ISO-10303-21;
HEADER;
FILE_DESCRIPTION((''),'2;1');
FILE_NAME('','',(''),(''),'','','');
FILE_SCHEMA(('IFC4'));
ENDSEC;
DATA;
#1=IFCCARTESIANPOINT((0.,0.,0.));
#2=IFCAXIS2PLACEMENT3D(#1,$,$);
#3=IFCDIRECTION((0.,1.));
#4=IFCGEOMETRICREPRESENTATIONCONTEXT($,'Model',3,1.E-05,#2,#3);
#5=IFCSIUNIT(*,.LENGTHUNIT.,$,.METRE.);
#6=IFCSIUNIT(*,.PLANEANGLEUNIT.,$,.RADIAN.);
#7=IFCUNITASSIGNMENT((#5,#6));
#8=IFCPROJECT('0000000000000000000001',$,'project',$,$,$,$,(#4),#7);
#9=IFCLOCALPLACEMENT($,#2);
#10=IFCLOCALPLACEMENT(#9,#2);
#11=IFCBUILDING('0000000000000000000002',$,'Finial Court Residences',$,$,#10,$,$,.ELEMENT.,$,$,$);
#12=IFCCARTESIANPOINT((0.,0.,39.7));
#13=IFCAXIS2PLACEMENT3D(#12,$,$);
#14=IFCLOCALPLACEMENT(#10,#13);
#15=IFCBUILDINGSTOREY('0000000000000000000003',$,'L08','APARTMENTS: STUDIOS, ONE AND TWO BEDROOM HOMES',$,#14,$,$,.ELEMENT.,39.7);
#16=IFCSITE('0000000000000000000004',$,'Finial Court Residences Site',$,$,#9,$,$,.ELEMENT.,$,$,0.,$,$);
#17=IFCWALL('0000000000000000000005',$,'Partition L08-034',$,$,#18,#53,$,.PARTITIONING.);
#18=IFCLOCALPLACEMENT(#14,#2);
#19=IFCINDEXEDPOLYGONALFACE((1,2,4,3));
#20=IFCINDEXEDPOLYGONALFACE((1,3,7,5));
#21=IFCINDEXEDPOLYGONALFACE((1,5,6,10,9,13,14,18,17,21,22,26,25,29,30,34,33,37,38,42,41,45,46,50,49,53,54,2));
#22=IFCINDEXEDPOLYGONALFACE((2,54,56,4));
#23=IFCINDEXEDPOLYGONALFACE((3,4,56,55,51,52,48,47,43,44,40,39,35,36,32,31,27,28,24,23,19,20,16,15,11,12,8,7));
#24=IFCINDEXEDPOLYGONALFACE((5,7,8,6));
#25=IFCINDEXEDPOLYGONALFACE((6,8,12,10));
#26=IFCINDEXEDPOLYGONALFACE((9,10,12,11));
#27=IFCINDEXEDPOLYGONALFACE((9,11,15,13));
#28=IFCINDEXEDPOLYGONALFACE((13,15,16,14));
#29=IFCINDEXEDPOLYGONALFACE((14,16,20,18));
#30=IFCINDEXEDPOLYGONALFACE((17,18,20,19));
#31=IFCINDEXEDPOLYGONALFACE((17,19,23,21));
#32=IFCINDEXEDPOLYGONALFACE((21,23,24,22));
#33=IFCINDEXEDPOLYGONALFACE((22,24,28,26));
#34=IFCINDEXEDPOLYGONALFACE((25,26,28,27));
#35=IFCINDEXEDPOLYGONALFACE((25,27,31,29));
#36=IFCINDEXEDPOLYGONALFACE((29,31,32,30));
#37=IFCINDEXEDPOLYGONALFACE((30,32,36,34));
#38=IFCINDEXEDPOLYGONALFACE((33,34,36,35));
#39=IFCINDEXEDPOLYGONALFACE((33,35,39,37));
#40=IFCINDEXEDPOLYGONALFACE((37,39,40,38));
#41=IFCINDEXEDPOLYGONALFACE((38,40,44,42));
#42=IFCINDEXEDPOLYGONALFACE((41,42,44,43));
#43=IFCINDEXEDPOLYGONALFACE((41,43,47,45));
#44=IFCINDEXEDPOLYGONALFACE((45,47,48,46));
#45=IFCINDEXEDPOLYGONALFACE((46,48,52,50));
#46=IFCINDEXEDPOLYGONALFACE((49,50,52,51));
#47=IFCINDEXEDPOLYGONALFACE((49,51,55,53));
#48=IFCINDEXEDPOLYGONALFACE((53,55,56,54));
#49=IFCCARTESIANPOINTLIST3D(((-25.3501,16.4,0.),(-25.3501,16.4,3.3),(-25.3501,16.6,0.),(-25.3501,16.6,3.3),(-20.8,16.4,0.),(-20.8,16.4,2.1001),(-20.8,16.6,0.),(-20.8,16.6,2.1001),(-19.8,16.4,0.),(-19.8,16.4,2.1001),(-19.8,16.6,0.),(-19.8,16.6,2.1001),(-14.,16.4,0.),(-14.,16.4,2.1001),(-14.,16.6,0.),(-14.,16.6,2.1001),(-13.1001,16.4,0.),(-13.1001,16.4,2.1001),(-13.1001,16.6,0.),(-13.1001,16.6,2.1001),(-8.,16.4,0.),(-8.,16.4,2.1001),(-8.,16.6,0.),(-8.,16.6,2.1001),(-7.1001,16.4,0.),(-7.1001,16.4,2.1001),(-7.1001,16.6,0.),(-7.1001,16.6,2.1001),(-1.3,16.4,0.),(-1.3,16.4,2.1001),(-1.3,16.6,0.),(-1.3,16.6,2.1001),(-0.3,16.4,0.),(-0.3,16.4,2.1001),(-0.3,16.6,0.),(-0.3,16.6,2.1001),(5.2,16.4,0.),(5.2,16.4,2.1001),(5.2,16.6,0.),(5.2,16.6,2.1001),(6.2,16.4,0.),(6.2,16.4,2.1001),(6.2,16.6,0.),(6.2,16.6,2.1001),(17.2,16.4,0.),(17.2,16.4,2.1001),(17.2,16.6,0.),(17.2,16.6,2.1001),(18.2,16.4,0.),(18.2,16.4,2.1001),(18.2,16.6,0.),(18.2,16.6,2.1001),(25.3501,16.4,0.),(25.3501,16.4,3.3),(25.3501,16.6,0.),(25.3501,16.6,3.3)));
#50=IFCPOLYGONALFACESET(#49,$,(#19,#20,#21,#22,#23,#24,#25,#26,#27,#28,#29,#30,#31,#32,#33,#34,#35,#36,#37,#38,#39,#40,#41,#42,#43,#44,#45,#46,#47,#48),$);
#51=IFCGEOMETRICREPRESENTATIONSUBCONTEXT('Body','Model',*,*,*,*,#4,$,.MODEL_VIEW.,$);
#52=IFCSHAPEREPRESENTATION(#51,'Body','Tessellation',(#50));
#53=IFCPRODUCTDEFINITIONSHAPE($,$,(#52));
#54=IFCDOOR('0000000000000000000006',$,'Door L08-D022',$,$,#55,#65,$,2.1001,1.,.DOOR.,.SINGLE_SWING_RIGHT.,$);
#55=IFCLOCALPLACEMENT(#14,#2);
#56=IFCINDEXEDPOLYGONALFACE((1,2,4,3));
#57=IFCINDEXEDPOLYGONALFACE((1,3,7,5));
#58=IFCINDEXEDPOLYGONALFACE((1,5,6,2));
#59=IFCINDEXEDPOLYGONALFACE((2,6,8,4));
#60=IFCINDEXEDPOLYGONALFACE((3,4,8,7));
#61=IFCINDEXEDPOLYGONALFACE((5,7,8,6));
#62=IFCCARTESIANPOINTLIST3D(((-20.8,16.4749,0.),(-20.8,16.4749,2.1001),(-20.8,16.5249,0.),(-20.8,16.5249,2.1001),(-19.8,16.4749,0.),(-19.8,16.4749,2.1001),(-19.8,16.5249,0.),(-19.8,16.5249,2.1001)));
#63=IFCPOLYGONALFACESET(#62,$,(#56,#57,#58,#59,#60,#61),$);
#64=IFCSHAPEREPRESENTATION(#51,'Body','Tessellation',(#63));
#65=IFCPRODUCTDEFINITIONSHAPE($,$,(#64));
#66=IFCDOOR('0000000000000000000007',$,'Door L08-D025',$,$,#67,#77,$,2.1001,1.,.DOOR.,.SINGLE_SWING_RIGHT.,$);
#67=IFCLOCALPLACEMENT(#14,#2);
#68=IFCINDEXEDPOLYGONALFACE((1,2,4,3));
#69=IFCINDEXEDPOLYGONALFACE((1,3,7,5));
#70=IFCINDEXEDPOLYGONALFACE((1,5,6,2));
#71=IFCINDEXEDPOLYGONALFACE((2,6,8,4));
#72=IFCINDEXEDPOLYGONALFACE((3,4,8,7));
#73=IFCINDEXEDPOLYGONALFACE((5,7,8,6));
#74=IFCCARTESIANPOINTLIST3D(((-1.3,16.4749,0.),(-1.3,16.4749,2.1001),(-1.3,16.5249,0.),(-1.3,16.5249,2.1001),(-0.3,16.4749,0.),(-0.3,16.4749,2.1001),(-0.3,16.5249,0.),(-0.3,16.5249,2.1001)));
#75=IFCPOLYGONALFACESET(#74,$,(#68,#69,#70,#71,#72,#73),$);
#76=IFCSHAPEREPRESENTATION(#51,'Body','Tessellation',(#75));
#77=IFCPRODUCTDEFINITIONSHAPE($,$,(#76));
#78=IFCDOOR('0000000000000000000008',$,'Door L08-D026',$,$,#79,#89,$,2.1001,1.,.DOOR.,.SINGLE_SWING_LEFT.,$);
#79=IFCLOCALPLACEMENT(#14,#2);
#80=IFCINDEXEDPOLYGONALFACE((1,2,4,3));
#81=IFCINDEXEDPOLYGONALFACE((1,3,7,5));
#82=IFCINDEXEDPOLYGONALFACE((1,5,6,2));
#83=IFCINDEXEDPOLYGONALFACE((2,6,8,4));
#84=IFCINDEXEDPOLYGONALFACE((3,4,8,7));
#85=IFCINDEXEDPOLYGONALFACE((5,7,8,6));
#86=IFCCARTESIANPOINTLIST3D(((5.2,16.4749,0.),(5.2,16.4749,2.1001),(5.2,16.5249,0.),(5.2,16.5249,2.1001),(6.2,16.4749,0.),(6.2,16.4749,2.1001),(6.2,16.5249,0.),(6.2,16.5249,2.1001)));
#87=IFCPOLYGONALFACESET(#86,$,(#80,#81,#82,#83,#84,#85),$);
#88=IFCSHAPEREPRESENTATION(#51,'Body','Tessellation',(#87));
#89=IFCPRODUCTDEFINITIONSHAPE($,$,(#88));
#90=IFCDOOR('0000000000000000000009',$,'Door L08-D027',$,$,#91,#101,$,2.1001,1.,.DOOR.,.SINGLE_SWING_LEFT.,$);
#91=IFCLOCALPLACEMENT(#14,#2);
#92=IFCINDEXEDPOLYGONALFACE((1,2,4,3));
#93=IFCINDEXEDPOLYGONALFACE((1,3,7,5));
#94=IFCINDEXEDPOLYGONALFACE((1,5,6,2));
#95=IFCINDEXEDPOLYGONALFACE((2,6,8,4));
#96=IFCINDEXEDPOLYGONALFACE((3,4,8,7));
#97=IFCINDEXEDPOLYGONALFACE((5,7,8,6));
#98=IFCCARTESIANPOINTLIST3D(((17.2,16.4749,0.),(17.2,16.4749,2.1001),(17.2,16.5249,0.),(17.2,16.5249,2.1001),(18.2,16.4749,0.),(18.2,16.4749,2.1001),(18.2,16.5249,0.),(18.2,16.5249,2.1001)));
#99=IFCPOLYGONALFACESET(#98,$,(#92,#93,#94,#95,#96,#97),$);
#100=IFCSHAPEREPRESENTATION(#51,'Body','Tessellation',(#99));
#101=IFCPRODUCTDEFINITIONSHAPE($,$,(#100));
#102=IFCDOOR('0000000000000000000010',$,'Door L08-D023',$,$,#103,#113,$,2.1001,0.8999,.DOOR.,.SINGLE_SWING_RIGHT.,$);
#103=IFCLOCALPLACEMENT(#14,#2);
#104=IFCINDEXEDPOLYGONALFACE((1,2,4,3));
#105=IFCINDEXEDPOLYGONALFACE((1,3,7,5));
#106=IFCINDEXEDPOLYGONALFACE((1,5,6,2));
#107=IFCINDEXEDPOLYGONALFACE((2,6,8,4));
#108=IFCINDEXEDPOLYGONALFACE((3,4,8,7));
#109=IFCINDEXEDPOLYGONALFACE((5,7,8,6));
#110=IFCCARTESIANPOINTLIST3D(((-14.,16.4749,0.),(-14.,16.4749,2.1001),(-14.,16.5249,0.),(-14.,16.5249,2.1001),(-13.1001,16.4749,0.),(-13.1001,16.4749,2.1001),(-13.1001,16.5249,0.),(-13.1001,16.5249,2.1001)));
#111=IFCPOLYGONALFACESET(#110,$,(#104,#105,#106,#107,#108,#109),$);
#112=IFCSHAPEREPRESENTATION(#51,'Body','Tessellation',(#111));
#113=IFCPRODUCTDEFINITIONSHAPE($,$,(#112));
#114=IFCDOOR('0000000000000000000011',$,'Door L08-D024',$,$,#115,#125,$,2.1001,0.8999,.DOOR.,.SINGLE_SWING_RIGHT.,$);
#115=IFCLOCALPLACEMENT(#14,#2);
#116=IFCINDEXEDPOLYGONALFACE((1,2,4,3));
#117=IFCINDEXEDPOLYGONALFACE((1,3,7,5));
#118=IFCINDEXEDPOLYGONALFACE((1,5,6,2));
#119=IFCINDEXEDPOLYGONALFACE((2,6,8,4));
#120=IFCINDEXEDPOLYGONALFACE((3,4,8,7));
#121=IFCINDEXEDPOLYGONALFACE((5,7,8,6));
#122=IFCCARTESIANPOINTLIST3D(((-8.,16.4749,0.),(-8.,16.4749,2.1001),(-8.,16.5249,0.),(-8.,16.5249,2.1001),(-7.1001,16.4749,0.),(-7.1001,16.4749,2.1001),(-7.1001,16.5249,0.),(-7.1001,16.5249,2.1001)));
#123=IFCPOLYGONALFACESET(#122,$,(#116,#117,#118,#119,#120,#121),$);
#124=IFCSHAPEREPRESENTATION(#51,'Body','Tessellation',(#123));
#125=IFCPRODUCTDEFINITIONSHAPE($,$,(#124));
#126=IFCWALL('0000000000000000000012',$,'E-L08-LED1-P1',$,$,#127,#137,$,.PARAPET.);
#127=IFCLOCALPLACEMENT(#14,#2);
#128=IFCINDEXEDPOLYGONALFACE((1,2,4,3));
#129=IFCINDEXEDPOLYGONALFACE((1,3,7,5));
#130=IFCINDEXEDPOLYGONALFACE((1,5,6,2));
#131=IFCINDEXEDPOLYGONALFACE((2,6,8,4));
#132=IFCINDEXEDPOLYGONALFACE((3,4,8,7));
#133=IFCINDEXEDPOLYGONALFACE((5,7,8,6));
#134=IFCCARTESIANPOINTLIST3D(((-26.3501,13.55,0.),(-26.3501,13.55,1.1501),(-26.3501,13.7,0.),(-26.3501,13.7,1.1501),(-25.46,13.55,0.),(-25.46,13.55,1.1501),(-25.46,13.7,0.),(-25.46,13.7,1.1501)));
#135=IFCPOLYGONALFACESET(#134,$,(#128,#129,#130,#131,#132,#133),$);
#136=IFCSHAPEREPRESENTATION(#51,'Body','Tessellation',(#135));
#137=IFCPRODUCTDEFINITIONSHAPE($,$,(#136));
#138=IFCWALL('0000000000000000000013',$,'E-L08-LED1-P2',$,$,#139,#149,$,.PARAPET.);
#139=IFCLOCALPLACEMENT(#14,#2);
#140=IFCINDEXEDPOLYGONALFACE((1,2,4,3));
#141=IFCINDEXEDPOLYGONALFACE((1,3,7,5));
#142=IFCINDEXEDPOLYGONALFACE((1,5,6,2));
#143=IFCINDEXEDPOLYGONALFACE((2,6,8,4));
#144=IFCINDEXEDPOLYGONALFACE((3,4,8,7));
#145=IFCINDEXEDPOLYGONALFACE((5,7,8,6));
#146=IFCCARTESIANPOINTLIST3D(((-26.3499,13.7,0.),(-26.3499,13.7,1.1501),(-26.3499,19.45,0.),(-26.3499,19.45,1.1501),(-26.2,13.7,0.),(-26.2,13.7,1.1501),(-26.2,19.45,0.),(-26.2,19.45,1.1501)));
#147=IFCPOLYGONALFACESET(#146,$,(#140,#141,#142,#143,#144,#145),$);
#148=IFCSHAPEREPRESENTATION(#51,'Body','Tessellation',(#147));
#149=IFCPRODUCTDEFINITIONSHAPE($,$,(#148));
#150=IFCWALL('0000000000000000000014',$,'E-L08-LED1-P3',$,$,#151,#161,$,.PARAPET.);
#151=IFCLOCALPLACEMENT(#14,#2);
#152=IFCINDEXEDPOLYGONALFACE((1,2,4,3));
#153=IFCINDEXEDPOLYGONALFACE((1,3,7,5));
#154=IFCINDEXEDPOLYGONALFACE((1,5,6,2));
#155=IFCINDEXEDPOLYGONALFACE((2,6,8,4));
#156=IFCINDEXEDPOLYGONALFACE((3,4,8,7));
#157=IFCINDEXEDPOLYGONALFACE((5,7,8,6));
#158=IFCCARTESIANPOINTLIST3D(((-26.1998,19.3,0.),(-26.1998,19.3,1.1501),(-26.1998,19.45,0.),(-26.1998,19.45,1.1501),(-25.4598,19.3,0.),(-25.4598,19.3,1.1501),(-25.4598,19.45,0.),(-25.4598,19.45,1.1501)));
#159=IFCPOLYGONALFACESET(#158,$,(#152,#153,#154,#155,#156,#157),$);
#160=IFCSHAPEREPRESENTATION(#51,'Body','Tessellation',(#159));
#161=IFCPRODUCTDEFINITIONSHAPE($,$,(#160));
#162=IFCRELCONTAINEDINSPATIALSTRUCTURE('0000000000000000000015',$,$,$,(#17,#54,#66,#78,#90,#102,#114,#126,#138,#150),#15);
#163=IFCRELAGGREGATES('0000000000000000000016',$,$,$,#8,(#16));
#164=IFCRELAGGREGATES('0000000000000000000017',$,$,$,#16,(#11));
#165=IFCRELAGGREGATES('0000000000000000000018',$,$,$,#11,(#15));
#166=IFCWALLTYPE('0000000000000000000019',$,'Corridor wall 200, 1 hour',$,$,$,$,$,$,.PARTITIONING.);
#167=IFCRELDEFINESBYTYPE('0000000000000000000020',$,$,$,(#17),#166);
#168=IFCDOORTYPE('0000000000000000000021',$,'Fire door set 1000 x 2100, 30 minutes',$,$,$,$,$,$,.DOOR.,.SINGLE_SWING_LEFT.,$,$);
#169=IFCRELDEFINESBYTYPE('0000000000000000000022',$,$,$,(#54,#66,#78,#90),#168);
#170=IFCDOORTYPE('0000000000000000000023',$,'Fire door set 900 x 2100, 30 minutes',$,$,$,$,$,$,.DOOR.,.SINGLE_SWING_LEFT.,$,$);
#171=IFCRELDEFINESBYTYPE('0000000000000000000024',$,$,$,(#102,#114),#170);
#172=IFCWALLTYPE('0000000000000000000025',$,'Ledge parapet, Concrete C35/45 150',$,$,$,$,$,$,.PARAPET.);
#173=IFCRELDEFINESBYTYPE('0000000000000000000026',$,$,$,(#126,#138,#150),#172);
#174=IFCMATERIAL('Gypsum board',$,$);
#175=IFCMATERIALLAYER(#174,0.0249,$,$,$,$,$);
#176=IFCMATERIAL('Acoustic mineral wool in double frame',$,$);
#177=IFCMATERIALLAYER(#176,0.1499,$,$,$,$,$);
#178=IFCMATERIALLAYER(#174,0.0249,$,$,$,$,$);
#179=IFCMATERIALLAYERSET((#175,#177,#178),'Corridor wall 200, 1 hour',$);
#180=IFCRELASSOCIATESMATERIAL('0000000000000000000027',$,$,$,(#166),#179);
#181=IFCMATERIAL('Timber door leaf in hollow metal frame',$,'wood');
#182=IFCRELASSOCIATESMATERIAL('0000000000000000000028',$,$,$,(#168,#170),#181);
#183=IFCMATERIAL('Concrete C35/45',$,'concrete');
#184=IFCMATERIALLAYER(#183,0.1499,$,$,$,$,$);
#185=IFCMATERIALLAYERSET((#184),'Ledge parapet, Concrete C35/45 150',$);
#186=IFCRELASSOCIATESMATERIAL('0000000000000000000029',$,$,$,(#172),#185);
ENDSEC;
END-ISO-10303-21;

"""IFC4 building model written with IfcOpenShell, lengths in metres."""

from ifc_helpers import new_model, si_unit, direction, frame, frame_2d, origin, place, context, subcontext, project, spatial, rectangle, extrude, material, layer, layer_set, type_object, element, fill, save


model = new_model("IFC4")

# Units and contexts
model_context = context("Model", 3, precision=1e-05, world=origin(), true_north=direction((0.0, 1.0)))
body_context = subcontext(model_context, "Body", "Model", "MODEL_VIEW")
ifc_project = project(units=[si_unit("LENGTHUNIT", "METRE"), si_unit("PLANEANGLEUNIT", "RADIAN")], contexts=[model_context])

# Site, building, storey
site_placement = place(None, origin())
site = spatial("IfcSite", under=ifc_project, at=site_placement, Name="Finial Court Residences Site", CompositionType="ELEMENT", RefElevation=0.0)
building_placement = place(site_placement, origin())
building = spatial("IfcBuilding", under=site, at=building_placement, Name="Finial Court Residences", CompositionType="ELEMENT")
storey_placement = place(building_placement, frame((0.0, 0.0, 39.7)))
storey = spatial("IfcBuildingStorey", under=building, at=storey_placement, Name="L08", Description="APARTMENTS: STUDIOS, ONE AND TWO BEDROOM HOMES", CompositionType="ELEMENT", Elevation=39.7)

# Shared definitions
ifc_material_1 = material(Name="Gypsum board")
ifc_material_2 = material(Name="Acoustic mineral wool in double frame")

# Wall, openings, doors
ifc_layer_1 = layer(ifc_material_1, 0.0249)
ifc_layer_2 = layer(ifc_material_2, 0.1499)
ifc_layer_3 = layer(ifc_material_1, 0.0249)
ifc_layer_set_1 = layer_set([ifc_layer_1, ifc_layer_2, ifc_layer_3], Name="Corridor wall 200, 1 hour")
wall_type_1 = type_object("IfcWallType", Name="Corridor wall 200, 1 hour", PredefinedType="PARTITIONING", material=ifc_layer_set_1)
wall_1_placement = place(storey_placement, frame((-25.3501, 16.5, 0.0), z_axis=(0.0, 0.0, 1.0), x_axis=(1.0, 0.0, 0.0)))
wall_1 = element("IfcWall", 1, at=wall_1_placement, inside=storey, type_object=wall_type_1, Name="Partition L08-034", PredefinedType="PARTITIONING", context=body_context, shape_type="SweptSolid", body=[
    extrude(rectangle(XDim=50.7002, YDim=0.2, at=frame_2d((25.3501, 0.0))), origin(), (0.0, 0.0, 1.0), 3.3),
])
opening_1_placement = place(wall_1_placement, frame((4.55, 0.0, 0.0)))
opening_1 = element("IfcOpeningElement", 2, at=opening_1_placement, cuts=wall_1, PredefinedType="OPENING", context=body_context, shape_type="SweptSolid", body=[
    extrude(rectangle(XDim=1.0, YDim=2.1001, at=frame_2d((0.5, 1.05))), frame((0.0, 0.1099, 0.0), z_axis=(0.0, -1.0, 0.0), x_axis=(1.0, 0.0, 0.0)), (0.0, 0.0, 1.0), 0.22),
])
opening_2_placement = place(wall_1_placement, frame((11.3501, 0.0, 0.0)))
opening_2 = element("IfcOpeningElement", 3, at=opening_2_placement, cuts=wall_1, PredefinedType="OPENING", context=body_context, shape_type="SweptSolid", body=[
    extrude(rectangle(XDim=0.8999, YDim=2.1001, at=frame_2d((0.45, 1.05))), frame((0.0, 0.1099, 0.0), z_axis=(0.0, -1.0, 0.0), x_axis=(1.0, 0.0, 0.0)), (0.0, 0.0, 1.0), 0.22),
])
opening_3_placement = place(wall_1_placement, frame((17.3501, 0.0, 0.0)))
opening_3 = element("IfcOpeningElement", 4, at=opening_3_placement, cuts=wall_1, PredefinedType="OPENING", context=body_context, shape_type="SweptSolid", body=[
    extrude(rectangle(XDim=0.8999, YDim=2.1001, at=frame_2d((0.45, 1.05))), frame((0.0, 0.1099, 0.0), z_axis=(0.0, -1.0, 0.0), x_axis=(1.0, 0.0, 0.0)), (0.0, 0.0, 1.0), 0.22),
])
opening_4_placement = place(wall_1_placement, frame((24.05, 0.0, 0.0)))
opening_4 = element("IfcOpeningElement", 5, at=opening_4_placement, cuts=wall_1, PredefinedType="OPENING", context=body_context, shape_type="SweptSolid", body=[
    extrude(rectangle(XDim=1.0, YDim=2.1001, at=frame_2d((0.5, 1.05))), frame((0.0, 0.1099, 0.0), z_axis=(0.0, -1.0, 0.0), x_axis=(1.0, 0.0, 0.0)), (0.0, 0.0, 1.0), 0.22),
])
opening_5_placement = place(wall_1_placement, frame((30.55, 0.0, 0.0)))
opening_5 = element("IfcOpeningElement", 6, at=opening_5_placement, cuts=wall_1, PredefinedType="OPENING", context=body_context, shape_type="SweptSolid", body=[
    extrude(rectangle(XDim=1.0, YDim=2.1001, at=frame_2d((0.5, 1.05))), frame((0.0, 0.1099, 0.0), z_axis=(0.0, -1.0, 0.0), x_axis=(1.0, 0.0, 0.0)), (0.0, 0.0, 1.0), 0.22),
])
opening_6_placement = place(wall_1_placement, frame((42.55, 0.0, 0.0)))
opening_6 = element("IfcOpeningElement", 7, at=opening_6_placement, cuts=wall_1, PredefinedType="OPENING", context=body_context, shape_type="SweptSolid", body=[
    extrude(rectangle(XDim=1.0, YDim=2.1001, at=frame_2d((0.5, 1.05))), frame((0.0, 0.1099, 0.0), z_axis=(0.0, -1.0, 0.0), x_axis=(1.0, 0.0, 0.0)), (0.0, 0.0, 1.0), 0.22),
])
ifc_material_3 = material(Name="Timber door leaf in hollow metal frame", Category="wood")
door_type_1 = type_object("IfcDoorType", Name="Fire door set 1000 x 2100, 30 minutes", OperationType="SINGLE_SWING_LEFT", PredefinedType="DOOR", material=ifc_material_3)
door_1_placement = place(opening_1_placement, origin())
door_1 = element("IfcDoor", 8, at=door_1_placement, inside=storey, type_object=door_type_1, Name="Door L08-D022", OperationType="SINGLE_SWING_RIGHT", OverallHeight=2.1001, OverallWidth=1.0, PredefinedType="DOOR", context=body_context, shape_type="SweptSolid", body=[
    extrude(rectangle(XDim=1.0, YDim=2.1001, at=frame_2d((0.5, 1.05))), frame((0.0, 0.0249, 0.0), z_axis=(0.0, -1.0, 0.0), x_axis=(1.0, 0.0, 0.0)), (0.0, 0.0, 1.0), 0.05),
])
fill(opening_1, door_1)
door_2_placement = place(opening_4_placement, origin())
door_2 = element("IfcDoor", 9, at=door_2_placement, inside=storey, type_object=door_type_1, Name="Door L08-D025", OperationType="SINGLE_SWING_RIGHT", OverallHeight=2.1001, OverallWidth=1.0, PredefinedType="DOOR", context=body_context, shape_type="SweptSolid", body=[
    extrude(rectangle(XDim=1.0, YDim=2.1001, at=frame_2d((0.5, 1.05))), frame((0.0, 0.0249, 0.0), z_axis=(0.0, -1.0, 0.0), x_axis=(1.0, 0.0, 0.0)), (0.0, 0.0, 1.0), 0.05),
])
fill(opening_4, door_2)
door_3_placement = place(opening_5_placement, origin())
door_3 = element("IfcDoor", 10, at=door_3_placement, inside=storey, type_object=door_type_1, Name="Door L08-D026", OperationType="SINGLE_SWING_LEFT", OverallHeight=2.1001, OverallWidth=1.0, PredefinedType="DOOR", context=body_context, shape_type="SweptSolid", body=[
    extrude(rectangle(XDim=1.0, YDim=2.1001, at=frame_2d((0.5, 1.05))), frame((0.0, 0.0249, 0.0), z_axis=(0.0, -1.0, 0.0), x_axis=(1.0, 0.0, 0.0)), (0.0, 0.0, 1.0), 0.05),
])
fill(opening_5, door_3)
door_4_placement = place(opening_6_placement, origin())
door_4 = element("IfcDoor", 11, at=door_4_placement, inside=storey, type_object=door_type_1, Name="Door L08-D027", OperationType="SINGLE_SWING_LEFT", OverallHeight=2.1001, OverallWidth=1.0, PredefinedType="DOOR", context=body_context, shape_type="SweptSolid", body=[
    extrude(rectangle(XDim=1.0, YDim=2.1001, at=frame_2d((0.5, 1.05))), frame((0.0, 0.0249, 0.0), z_axis=(0.0, -1.0, 0.0), x_axis=(1.0, 0.0, 0.0)), (0.0, 0.0, 1.0), 0.05),
])
fill(opening_6, door_4)
door_type_2 = type_object("IfcDoorType", Name="Fire door set 900 x 2100, 30 minutes", OperationType="SINGLE_SWING_LEFT", PredefinedType="DOOR", material=ifc_material_3)
door_5_placement = place(opening_2_placement, origin())
door_5 = element("IfcDoor", 12, at=door_5_placement, inside=storey, type_object=door_type_2, Name="Door L08-D023", OperationType="SINGLE_SWING_RIGHT", OverallHeight=2.1001, OverallWidth=0.8999, PredefinedType="DOOR", context=body_context, shape_type="SweptSolid", body=[
    extrude(rectangle(XDim=0.8999, YDim=2.1001, at=frame_2d((0.45, 1.05))), frame((0.0, 0.0249, 0.0), z_axis=(0.0, -1.0, 0.0), x_axis=(1.0, 0.0, 0.0)), (0.0, 0.0, 1.0), 0.05),
])
fill(opening_2, door_5)
door_6_placement = place(opening_3_placement, origin())
door_6 = element("IfcDoor", 13, at=door_6_placement, inside=storey, type_object=door_type_2, Name="Door L08-D024", OperationType="SINGLE_SWING_RIGHT", OverallHeight=2.1001, OverallWidth=0.8999, PredefinedType="DOOR", context=body_context, shape_type="SweptSolid", body=[
    extrude(rectangle(XDim=0.8999, YDim=2.1001, at=frame_2d((0.45, 1.05))), frame((0.0, 0.0249, 0.0), z_axis=(0.0, -1.0, 0.0), x_axis=(1.0, 0.0, 0.0)), (0.0, 0.0, 1.0), 0.05),
])
fill(opening_3, door_6)

# Walls
ifc_material_4 = material(Name="Concrete C35/45", Category="concrete")
ifc_layer_4 = layer(ifc_material_4, 0.1499)
ifc_layer_set_2 = layer_set([ifc_layer_4], Name="Ledge parapet, Concrete C35/45 150")
wall_type_2 = type_object("IfcWallType", Name="Ledge parapet, Concrete C35/45 150", PredefinedType="PARAPET", material=ifc_layer_set_2)
wall_2_placement = place(storey_placement, frame((-25.46, 13.625, 0.0), z_axis=(0.0, 0.0, 1.0), x_axis=(-1.0, 0.0, 0.0)))
element("IfcWall", 14, at=wall_2_placement, inside=storey, type_object=wall_type_2, Name="E-L08-LED1-P1", PredefinedType="PARAPET", context=body_context, shape_type="SweptSolid", body=[
    extrude(rectangle(XDim=0.8901, YDim=0.1499, at=frame_2d((0.4451, 0.0))), origin(), (0.0, 0.0, 1.0), 1.1501),
])
wall_3_placement = place(storey_placement, frame((-26.2749, 13.7, 0.0), z_axis=(0.0, 0.0, 1.0), x_axis=(0.0, 1.0, 0.0)))
element("IfcWall", 15, at=wall_3_placement, inside=storey, type_object=wall_type_2, Name="E-L08-LED1-P2", PredefinedType="PARAPET", context=body_context, shape_type="SweptSolid", body=[
    extrude(rectangle(XDim=5.75, YDim=0.1499, at=frame_2d((2.875, 0.0))), origin(), (0.0, 0.0, 1.0), 1.1501),
])
wall_4_placement = place(storey_placement, frame((-26.2, 19.375, 0.0), z_axis=(0.0, 0.0, 1.0), x_axis=(1.0, 0.0, 0.0)))
element("IfcWall", 16, at=wall_4_placement, inside=storey, type_object=wall_type_2, Name="E-L08-LED1-P3", PredefinedType="PARAPET", context=body_context, shape_type="SweptSolid", body=[
    extrude(rectangle(XDim=0.74, YDim=0.1499, at=frame_2d((0.3701, 0.0))), origin(), (0.0, 0.0, 1.0), 1.1501),
])

save(model, "model.ifc")
